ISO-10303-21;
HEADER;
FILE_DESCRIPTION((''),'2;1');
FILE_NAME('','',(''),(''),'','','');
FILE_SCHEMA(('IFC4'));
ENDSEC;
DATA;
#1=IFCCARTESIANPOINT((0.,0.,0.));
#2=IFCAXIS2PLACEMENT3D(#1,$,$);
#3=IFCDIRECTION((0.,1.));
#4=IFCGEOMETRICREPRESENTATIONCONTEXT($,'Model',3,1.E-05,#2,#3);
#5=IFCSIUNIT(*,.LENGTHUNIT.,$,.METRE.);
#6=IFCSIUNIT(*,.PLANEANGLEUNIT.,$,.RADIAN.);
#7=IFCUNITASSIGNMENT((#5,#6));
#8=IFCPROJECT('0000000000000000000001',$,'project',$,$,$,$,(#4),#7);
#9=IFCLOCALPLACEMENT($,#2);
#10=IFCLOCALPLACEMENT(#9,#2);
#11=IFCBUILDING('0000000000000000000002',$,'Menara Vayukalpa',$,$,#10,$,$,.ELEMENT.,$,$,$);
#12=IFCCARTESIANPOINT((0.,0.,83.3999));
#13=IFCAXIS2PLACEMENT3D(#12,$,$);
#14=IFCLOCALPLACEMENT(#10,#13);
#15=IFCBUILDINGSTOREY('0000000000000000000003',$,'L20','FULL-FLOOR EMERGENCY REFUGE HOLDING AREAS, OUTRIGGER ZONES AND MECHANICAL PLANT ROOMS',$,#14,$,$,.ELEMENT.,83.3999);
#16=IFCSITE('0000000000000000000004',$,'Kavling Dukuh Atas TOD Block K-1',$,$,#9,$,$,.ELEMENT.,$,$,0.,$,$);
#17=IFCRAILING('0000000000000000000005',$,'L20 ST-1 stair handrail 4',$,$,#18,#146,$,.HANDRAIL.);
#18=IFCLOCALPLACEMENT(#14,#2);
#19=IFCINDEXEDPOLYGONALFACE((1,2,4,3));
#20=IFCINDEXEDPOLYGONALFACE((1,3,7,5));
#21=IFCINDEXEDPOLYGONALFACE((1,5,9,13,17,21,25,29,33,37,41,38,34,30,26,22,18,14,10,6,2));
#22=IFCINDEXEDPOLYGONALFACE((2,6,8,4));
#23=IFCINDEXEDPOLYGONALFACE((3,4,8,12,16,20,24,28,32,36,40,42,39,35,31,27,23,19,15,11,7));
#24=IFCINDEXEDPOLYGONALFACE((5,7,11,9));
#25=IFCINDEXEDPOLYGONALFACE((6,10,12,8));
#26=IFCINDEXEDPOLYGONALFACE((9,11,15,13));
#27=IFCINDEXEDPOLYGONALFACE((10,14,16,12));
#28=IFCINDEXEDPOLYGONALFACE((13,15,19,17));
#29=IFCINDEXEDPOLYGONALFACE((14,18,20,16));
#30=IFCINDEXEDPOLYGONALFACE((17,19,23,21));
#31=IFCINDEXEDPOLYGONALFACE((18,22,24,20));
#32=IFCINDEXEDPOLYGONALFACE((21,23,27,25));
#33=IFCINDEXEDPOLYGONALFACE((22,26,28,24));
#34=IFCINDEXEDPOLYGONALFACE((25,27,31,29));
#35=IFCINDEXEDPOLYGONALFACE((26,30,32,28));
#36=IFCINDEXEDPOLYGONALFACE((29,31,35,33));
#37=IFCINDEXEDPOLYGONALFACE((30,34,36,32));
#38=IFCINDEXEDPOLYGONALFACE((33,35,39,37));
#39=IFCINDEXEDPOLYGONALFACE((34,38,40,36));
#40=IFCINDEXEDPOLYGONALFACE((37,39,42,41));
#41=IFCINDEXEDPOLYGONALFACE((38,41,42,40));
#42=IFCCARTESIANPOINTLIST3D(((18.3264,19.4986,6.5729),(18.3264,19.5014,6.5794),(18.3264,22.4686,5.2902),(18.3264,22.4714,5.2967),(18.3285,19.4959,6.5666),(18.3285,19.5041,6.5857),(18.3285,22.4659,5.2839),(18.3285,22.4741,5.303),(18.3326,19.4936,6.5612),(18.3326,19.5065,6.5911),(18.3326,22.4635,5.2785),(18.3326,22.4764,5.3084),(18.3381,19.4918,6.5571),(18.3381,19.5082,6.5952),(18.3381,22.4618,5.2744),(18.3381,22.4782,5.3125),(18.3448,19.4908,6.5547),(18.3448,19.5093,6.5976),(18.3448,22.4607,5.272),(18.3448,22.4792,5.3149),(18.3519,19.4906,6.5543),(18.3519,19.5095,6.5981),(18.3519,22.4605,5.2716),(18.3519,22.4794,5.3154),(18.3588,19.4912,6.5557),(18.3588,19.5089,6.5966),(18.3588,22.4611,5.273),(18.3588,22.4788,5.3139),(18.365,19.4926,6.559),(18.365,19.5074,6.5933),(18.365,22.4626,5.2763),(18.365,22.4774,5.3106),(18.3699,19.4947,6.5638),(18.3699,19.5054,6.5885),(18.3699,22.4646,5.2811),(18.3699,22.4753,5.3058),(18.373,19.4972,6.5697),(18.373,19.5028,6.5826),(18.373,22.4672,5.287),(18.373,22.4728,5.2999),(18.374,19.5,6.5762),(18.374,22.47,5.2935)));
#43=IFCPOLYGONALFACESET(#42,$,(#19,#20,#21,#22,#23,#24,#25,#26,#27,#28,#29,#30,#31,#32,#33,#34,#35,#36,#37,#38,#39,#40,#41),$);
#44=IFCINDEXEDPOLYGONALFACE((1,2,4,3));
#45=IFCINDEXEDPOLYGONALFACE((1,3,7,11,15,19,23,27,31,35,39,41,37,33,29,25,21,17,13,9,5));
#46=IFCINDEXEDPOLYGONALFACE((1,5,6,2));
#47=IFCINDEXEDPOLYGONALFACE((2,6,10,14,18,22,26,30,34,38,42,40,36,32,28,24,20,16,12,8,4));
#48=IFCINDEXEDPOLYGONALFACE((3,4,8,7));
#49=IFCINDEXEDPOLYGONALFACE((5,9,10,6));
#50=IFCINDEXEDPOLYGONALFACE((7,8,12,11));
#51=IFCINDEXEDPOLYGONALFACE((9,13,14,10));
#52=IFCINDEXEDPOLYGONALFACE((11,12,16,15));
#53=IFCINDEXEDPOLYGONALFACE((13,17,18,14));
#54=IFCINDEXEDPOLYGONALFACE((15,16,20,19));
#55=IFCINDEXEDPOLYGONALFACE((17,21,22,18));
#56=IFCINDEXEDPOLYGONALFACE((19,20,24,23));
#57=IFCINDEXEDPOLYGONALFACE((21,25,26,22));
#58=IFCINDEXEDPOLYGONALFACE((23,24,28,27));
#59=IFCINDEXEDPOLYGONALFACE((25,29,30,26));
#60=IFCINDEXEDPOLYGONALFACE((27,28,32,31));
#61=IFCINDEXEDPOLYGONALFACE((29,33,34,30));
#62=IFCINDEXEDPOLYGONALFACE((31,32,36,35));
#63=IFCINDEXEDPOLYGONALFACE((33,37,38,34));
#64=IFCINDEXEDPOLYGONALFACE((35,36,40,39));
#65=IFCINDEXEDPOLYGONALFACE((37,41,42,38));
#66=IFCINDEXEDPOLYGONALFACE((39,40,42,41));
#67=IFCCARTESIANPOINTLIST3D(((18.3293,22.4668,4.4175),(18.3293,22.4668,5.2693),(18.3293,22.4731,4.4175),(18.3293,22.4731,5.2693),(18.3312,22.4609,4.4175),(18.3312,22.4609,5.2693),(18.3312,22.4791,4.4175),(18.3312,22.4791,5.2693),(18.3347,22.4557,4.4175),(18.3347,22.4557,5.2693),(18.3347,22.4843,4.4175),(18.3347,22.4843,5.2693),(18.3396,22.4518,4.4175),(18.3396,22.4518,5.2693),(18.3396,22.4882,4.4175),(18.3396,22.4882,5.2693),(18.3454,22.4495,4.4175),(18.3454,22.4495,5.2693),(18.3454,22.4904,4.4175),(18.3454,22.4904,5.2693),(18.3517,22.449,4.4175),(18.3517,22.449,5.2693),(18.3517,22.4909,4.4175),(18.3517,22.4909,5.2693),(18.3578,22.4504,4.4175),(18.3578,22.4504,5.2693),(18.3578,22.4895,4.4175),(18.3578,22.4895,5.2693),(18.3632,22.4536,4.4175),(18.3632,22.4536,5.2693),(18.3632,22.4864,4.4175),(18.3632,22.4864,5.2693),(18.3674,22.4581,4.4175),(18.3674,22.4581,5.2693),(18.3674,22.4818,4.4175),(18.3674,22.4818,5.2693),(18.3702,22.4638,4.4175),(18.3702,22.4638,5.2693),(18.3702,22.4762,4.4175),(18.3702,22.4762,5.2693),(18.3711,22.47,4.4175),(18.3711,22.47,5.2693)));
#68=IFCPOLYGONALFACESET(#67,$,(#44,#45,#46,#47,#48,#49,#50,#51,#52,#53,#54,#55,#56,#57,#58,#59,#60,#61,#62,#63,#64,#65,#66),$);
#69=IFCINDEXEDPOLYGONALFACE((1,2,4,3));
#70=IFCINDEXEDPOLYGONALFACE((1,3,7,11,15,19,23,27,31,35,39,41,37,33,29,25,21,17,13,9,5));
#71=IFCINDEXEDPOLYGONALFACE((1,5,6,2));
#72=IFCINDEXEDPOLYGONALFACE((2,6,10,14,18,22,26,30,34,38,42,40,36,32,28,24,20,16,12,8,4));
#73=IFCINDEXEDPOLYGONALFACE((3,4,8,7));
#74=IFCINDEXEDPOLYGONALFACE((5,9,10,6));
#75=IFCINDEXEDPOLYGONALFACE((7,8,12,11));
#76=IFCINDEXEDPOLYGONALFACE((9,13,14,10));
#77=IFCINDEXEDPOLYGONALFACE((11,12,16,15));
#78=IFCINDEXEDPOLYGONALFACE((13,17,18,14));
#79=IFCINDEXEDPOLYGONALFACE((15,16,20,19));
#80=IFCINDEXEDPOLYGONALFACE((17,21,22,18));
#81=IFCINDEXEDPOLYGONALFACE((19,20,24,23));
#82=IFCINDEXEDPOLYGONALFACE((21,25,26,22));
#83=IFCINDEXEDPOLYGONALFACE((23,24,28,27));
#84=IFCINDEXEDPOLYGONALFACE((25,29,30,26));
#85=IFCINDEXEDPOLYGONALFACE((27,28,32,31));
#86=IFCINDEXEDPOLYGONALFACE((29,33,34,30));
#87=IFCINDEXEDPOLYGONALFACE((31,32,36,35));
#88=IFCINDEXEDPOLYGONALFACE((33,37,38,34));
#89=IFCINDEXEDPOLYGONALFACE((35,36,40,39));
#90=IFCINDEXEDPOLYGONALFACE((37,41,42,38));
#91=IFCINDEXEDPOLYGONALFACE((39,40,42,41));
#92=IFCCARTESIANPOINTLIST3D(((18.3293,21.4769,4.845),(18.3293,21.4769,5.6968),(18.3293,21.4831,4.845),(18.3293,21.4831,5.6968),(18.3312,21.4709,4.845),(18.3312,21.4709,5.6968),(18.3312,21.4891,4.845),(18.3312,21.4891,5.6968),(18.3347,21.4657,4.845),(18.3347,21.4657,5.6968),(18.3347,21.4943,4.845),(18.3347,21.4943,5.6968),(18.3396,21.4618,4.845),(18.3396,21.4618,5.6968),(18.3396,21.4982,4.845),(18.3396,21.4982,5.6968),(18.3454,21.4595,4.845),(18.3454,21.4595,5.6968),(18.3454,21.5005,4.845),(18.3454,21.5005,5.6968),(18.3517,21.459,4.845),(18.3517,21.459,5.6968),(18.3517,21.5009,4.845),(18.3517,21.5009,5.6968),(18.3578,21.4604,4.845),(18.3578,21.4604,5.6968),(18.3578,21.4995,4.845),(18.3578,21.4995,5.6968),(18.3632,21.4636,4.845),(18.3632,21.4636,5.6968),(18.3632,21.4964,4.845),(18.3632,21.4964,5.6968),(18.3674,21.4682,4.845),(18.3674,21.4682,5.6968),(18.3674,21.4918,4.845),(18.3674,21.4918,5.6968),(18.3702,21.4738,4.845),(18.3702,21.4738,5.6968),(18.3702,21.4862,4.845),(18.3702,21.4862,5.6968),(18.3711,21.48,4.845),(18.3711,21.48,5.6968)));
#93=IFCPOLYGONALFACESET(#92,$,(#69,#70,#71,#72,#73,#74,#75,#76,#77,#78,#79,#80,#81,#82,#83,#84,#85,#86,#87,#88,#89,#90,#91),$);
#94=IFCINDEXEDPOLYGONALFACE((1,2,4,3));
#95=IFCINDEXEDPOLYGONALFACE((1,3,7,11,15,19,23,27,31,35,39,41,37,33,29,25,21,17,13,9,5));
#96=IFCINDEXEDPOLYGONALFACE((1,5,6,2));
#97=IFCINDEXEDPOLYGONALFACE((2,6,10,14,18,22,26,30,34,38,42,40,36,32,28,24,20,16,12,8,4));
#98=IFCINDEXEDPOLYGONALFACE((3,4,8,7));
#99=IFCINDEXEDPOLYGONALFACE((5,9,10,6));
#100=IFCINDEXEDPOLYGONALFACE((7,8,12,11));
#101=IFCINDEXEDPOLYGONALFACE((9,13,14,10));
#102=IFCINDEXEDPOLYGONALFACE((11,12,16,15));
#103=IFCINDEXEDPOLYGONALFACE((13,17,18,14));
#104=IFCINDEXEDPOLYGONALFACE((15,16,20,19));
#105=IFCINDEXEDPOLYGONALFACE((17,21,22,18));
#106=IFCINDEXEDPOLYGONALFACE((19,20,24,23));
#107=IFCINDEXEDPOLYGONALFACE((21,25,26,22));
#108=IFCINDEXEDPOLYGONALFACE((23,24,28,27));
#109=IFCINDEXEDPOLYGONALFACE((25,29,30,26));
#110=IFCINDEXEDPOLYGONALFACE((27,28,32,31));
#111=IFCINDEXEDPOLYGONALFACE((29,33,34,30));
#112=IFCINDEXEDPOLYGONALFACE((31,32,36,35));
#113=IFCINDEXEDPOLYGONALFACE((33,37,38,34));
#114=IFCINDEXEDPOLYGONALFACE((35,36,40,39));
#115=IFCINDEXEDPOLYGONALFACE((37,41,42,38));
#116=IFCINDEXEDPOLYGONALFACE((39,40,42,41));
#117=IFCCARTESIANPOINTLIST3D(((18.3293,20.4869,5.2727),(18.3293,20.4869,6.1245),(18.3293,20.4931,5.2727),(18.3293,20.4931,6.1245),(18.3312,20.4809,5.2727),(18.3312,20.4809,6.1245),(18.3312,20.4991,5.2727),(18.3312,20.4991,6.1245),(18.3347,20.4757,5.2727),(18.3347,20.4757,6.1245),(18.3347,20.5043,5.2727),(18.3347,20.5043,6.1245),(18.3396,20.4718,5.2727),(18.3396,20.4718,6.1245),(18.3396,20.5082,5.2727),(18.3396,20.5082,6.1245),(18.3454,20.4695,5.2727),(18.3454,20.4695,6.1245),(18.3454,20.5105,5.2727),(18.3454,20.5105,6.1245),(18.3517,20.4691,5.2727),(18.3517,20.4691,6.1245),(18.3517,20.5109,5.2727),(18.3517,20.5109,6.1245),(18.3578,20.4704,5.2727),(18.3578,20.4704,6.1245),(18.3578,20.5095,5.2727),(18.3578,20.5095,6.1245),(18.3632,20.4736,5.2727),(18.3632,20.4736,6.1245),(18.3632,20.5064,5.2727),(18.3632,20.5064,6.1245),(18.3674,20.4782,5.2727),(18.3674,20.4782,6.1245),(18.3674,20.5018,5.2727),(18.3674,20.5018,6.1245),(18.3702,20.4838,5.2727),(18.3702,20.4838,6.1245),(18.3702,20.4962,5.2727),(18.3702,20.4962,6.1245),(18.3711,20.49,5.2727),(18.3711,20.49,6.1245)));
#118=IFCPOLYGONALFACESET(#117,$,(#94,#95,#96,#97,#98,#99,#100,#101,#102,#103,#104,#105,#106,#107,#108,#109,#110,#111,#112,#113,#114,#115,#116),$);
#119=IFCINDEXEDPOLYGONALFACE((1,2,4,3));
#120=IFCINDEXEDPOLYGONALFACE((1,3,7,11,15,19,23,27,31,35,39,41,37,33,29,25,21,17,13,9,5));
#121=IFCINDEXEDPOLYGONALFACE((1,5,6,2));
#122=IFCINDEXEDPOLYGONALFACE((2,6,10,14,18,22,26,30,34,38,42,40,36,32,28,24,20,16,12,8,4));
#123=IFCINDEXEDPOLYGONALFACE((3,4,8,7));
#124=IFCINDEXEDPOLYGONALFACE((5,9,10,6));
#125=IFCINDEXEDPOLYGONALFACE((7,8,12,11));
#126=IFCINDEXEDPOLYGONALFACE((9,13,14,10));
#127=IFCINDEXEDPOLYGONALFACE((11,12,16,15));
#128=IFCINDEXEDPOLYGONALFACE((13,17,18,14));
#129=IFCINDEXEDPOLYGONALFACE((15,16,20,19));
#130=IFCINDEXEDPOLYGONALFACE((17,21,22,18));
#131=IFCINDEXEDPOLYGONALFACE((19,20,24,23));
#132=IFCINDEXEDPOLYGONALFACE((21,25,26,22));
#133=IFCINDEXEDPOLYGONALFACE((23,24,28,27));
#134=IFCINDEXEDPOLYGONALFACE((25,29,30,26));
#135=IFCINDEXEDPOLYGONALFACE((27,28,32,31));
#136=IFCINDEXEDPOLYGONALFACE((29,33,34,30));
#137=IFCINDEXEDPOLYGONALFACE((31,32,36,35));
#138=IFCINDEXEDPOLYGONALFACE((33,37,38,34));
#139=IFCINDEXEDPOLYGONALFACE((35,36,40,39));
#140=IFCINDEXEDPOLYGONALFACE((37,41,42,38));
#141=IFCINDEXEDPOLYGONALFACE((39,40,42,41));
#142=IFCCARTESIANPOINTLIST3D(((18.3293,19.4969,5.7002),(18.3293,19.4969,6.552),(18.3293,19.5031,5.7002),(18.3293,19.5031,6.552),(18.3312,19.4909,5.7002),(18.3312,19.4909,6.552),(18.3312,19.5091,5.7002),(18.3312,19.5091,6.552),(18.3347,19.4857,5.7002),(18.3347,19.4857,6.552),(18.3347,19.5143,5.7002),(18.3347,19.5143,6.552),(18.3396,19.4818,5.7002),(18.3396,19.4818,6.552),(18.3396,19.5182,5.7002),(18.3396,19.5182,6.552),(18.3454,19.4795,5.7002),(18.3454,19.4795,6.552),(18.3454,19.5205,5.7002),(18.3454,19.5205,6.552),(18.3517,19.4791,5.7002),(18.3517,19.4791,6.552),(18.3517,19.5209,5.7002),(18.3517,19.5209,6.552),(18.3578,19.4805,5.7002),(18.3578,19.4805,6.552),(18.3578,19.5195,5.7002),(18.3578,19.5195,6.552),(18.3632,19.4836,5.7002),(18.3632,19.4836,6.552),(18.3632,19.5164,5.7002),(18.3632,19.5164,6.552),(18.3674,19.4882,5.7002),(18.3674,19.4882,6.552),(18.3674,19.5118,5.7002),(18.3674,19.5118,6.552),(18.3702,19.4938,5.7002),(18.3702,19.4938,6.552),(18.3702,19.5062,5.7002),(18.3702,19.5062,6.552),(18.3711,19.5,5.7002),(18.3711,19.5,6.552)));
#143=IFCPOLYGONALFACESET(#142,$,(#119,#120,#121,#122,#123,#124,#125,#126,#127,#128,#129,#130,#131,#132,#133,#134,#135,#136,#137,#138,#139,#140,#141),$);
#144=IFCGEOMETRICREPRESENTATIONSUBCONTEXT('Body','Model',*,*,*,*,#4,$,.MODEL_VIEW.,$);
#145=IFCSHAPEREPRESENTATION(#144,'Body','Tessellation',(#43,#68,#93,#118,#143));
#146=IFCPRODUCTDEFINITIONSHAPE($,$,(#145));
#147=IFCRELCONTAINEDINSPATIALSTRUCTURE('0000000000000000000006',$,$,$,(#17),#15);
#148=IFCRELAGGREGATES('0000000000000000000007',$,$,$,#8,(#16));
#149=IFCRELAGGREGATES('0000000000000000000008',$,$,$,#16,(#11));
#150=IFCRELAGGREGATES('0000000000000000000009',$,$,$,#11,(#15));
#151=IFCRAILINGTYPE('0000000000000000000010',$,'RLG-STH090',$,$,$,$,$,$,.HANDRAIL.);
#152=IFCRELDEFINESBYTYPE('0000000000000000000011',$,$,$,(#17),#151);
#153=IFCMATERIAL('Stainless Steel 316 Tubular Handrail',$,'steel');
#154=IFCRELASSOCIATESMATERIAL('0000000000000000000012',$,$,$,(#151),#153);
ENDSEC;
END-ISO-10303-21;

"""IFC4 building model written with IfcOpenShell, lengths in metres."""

from ifc_helpers import new_model, si_unit, direction, frame, origin, origin_2d, place, context, subcontext, project, spatial, circle, extrude, material, type_object, element, save


model = new_model("IFC4")

# Units and contexts
model_context = context("Model", 3, precision=1e-05, world=origin(), true_north=direction((0.0, 1.0)))
body_context = subcontext(model_context, "Body", "Model", "MODEL_VIEW")
ifc_project = project(units=[si_unit("LENGTHUNIT", "METRE"), si_unit("PLANEANGLEUNIT", "RADIAN")], contexts=[model_context])

# Site, building, storey
site_placement = place(None, origin())
site = spatial("IfcSite", under=ifc_project, at=site_placement, Name="Kavling Dukuh Atas TOD Block K-1", CompositionType="ELEMENT", RefElevation=0.0)
building_placement = place(site_placement, origin())
building = spatial("IfcBuilding", under=site, at=building_placement, Name="Menara Vayukalpa", CompositionType="ELEMENT")
storey_placement = place(building_placement, frame((0.0, 0.0, 83.3999)))
storey = spatial("IfcBuildingStorey", under=building, at=storey_placement, Name="L20", Description="FULL-FLOOR EMERGENCY REFUGE HOLDING AREAS, OUTRIGGER ZONES AND MECHANICAL PLANT ROOMS", CompositionType="ELEMENT", Elevation=83.3999)

# Railing
ifc_material_1 = material(Name="Stainless Steel 316 Tubular Handrail", Category="steel")
railing_type_1 = type_object("IfcRailingType", Name="RLG-STH090", PredefinedType="HANDRAIL", material=ifc_material_1)
railing_1_placement = place(storey_placement, frame((18.3501, 22.47, 4.4175)))
element("IfcRailing", 1, at=railing_1_placement, inside=storey, type_object=railing_type_1, Name="L20 ST-1 stair handrail 4", PredefinedType="HANDRAIL", context=body_context, shape_type="SweptSolid", body=[
    extrude(circle(Radius=0.0239, at=origin_2d()), frame((0.0, 0.0, 0.876), z_axis=(0.0, -0.918037, 0.396495), x_axis=(1.0, 0.0, 0.0)), (0.0, 0.0, 1.0), 3.2351),
    extrude(circle(Radius=0.021, at=origin_2d()), origin(), (0.0, 0.0, 1.0), 0.8518),
    extrude(circle(Radius=0.021, at=origin_2d()), frame((0.0, -0.99, 0.4275)), (0.0, 0.0, 1.0), 0.8518),
    extrude(circle(Radius=0.021, at=origin_2d()), frame((0.0, -1.98, 0.8552)), (0.0, 0.0, 1.0), 0.8518),
    extrude(circle(Radius=0.021, at=origin_2d()), frame((0.0, -2.97, 1.2827)), (0.0, 0.0, 1.0), 0.8518),
])

save(model, "model.ifc")
